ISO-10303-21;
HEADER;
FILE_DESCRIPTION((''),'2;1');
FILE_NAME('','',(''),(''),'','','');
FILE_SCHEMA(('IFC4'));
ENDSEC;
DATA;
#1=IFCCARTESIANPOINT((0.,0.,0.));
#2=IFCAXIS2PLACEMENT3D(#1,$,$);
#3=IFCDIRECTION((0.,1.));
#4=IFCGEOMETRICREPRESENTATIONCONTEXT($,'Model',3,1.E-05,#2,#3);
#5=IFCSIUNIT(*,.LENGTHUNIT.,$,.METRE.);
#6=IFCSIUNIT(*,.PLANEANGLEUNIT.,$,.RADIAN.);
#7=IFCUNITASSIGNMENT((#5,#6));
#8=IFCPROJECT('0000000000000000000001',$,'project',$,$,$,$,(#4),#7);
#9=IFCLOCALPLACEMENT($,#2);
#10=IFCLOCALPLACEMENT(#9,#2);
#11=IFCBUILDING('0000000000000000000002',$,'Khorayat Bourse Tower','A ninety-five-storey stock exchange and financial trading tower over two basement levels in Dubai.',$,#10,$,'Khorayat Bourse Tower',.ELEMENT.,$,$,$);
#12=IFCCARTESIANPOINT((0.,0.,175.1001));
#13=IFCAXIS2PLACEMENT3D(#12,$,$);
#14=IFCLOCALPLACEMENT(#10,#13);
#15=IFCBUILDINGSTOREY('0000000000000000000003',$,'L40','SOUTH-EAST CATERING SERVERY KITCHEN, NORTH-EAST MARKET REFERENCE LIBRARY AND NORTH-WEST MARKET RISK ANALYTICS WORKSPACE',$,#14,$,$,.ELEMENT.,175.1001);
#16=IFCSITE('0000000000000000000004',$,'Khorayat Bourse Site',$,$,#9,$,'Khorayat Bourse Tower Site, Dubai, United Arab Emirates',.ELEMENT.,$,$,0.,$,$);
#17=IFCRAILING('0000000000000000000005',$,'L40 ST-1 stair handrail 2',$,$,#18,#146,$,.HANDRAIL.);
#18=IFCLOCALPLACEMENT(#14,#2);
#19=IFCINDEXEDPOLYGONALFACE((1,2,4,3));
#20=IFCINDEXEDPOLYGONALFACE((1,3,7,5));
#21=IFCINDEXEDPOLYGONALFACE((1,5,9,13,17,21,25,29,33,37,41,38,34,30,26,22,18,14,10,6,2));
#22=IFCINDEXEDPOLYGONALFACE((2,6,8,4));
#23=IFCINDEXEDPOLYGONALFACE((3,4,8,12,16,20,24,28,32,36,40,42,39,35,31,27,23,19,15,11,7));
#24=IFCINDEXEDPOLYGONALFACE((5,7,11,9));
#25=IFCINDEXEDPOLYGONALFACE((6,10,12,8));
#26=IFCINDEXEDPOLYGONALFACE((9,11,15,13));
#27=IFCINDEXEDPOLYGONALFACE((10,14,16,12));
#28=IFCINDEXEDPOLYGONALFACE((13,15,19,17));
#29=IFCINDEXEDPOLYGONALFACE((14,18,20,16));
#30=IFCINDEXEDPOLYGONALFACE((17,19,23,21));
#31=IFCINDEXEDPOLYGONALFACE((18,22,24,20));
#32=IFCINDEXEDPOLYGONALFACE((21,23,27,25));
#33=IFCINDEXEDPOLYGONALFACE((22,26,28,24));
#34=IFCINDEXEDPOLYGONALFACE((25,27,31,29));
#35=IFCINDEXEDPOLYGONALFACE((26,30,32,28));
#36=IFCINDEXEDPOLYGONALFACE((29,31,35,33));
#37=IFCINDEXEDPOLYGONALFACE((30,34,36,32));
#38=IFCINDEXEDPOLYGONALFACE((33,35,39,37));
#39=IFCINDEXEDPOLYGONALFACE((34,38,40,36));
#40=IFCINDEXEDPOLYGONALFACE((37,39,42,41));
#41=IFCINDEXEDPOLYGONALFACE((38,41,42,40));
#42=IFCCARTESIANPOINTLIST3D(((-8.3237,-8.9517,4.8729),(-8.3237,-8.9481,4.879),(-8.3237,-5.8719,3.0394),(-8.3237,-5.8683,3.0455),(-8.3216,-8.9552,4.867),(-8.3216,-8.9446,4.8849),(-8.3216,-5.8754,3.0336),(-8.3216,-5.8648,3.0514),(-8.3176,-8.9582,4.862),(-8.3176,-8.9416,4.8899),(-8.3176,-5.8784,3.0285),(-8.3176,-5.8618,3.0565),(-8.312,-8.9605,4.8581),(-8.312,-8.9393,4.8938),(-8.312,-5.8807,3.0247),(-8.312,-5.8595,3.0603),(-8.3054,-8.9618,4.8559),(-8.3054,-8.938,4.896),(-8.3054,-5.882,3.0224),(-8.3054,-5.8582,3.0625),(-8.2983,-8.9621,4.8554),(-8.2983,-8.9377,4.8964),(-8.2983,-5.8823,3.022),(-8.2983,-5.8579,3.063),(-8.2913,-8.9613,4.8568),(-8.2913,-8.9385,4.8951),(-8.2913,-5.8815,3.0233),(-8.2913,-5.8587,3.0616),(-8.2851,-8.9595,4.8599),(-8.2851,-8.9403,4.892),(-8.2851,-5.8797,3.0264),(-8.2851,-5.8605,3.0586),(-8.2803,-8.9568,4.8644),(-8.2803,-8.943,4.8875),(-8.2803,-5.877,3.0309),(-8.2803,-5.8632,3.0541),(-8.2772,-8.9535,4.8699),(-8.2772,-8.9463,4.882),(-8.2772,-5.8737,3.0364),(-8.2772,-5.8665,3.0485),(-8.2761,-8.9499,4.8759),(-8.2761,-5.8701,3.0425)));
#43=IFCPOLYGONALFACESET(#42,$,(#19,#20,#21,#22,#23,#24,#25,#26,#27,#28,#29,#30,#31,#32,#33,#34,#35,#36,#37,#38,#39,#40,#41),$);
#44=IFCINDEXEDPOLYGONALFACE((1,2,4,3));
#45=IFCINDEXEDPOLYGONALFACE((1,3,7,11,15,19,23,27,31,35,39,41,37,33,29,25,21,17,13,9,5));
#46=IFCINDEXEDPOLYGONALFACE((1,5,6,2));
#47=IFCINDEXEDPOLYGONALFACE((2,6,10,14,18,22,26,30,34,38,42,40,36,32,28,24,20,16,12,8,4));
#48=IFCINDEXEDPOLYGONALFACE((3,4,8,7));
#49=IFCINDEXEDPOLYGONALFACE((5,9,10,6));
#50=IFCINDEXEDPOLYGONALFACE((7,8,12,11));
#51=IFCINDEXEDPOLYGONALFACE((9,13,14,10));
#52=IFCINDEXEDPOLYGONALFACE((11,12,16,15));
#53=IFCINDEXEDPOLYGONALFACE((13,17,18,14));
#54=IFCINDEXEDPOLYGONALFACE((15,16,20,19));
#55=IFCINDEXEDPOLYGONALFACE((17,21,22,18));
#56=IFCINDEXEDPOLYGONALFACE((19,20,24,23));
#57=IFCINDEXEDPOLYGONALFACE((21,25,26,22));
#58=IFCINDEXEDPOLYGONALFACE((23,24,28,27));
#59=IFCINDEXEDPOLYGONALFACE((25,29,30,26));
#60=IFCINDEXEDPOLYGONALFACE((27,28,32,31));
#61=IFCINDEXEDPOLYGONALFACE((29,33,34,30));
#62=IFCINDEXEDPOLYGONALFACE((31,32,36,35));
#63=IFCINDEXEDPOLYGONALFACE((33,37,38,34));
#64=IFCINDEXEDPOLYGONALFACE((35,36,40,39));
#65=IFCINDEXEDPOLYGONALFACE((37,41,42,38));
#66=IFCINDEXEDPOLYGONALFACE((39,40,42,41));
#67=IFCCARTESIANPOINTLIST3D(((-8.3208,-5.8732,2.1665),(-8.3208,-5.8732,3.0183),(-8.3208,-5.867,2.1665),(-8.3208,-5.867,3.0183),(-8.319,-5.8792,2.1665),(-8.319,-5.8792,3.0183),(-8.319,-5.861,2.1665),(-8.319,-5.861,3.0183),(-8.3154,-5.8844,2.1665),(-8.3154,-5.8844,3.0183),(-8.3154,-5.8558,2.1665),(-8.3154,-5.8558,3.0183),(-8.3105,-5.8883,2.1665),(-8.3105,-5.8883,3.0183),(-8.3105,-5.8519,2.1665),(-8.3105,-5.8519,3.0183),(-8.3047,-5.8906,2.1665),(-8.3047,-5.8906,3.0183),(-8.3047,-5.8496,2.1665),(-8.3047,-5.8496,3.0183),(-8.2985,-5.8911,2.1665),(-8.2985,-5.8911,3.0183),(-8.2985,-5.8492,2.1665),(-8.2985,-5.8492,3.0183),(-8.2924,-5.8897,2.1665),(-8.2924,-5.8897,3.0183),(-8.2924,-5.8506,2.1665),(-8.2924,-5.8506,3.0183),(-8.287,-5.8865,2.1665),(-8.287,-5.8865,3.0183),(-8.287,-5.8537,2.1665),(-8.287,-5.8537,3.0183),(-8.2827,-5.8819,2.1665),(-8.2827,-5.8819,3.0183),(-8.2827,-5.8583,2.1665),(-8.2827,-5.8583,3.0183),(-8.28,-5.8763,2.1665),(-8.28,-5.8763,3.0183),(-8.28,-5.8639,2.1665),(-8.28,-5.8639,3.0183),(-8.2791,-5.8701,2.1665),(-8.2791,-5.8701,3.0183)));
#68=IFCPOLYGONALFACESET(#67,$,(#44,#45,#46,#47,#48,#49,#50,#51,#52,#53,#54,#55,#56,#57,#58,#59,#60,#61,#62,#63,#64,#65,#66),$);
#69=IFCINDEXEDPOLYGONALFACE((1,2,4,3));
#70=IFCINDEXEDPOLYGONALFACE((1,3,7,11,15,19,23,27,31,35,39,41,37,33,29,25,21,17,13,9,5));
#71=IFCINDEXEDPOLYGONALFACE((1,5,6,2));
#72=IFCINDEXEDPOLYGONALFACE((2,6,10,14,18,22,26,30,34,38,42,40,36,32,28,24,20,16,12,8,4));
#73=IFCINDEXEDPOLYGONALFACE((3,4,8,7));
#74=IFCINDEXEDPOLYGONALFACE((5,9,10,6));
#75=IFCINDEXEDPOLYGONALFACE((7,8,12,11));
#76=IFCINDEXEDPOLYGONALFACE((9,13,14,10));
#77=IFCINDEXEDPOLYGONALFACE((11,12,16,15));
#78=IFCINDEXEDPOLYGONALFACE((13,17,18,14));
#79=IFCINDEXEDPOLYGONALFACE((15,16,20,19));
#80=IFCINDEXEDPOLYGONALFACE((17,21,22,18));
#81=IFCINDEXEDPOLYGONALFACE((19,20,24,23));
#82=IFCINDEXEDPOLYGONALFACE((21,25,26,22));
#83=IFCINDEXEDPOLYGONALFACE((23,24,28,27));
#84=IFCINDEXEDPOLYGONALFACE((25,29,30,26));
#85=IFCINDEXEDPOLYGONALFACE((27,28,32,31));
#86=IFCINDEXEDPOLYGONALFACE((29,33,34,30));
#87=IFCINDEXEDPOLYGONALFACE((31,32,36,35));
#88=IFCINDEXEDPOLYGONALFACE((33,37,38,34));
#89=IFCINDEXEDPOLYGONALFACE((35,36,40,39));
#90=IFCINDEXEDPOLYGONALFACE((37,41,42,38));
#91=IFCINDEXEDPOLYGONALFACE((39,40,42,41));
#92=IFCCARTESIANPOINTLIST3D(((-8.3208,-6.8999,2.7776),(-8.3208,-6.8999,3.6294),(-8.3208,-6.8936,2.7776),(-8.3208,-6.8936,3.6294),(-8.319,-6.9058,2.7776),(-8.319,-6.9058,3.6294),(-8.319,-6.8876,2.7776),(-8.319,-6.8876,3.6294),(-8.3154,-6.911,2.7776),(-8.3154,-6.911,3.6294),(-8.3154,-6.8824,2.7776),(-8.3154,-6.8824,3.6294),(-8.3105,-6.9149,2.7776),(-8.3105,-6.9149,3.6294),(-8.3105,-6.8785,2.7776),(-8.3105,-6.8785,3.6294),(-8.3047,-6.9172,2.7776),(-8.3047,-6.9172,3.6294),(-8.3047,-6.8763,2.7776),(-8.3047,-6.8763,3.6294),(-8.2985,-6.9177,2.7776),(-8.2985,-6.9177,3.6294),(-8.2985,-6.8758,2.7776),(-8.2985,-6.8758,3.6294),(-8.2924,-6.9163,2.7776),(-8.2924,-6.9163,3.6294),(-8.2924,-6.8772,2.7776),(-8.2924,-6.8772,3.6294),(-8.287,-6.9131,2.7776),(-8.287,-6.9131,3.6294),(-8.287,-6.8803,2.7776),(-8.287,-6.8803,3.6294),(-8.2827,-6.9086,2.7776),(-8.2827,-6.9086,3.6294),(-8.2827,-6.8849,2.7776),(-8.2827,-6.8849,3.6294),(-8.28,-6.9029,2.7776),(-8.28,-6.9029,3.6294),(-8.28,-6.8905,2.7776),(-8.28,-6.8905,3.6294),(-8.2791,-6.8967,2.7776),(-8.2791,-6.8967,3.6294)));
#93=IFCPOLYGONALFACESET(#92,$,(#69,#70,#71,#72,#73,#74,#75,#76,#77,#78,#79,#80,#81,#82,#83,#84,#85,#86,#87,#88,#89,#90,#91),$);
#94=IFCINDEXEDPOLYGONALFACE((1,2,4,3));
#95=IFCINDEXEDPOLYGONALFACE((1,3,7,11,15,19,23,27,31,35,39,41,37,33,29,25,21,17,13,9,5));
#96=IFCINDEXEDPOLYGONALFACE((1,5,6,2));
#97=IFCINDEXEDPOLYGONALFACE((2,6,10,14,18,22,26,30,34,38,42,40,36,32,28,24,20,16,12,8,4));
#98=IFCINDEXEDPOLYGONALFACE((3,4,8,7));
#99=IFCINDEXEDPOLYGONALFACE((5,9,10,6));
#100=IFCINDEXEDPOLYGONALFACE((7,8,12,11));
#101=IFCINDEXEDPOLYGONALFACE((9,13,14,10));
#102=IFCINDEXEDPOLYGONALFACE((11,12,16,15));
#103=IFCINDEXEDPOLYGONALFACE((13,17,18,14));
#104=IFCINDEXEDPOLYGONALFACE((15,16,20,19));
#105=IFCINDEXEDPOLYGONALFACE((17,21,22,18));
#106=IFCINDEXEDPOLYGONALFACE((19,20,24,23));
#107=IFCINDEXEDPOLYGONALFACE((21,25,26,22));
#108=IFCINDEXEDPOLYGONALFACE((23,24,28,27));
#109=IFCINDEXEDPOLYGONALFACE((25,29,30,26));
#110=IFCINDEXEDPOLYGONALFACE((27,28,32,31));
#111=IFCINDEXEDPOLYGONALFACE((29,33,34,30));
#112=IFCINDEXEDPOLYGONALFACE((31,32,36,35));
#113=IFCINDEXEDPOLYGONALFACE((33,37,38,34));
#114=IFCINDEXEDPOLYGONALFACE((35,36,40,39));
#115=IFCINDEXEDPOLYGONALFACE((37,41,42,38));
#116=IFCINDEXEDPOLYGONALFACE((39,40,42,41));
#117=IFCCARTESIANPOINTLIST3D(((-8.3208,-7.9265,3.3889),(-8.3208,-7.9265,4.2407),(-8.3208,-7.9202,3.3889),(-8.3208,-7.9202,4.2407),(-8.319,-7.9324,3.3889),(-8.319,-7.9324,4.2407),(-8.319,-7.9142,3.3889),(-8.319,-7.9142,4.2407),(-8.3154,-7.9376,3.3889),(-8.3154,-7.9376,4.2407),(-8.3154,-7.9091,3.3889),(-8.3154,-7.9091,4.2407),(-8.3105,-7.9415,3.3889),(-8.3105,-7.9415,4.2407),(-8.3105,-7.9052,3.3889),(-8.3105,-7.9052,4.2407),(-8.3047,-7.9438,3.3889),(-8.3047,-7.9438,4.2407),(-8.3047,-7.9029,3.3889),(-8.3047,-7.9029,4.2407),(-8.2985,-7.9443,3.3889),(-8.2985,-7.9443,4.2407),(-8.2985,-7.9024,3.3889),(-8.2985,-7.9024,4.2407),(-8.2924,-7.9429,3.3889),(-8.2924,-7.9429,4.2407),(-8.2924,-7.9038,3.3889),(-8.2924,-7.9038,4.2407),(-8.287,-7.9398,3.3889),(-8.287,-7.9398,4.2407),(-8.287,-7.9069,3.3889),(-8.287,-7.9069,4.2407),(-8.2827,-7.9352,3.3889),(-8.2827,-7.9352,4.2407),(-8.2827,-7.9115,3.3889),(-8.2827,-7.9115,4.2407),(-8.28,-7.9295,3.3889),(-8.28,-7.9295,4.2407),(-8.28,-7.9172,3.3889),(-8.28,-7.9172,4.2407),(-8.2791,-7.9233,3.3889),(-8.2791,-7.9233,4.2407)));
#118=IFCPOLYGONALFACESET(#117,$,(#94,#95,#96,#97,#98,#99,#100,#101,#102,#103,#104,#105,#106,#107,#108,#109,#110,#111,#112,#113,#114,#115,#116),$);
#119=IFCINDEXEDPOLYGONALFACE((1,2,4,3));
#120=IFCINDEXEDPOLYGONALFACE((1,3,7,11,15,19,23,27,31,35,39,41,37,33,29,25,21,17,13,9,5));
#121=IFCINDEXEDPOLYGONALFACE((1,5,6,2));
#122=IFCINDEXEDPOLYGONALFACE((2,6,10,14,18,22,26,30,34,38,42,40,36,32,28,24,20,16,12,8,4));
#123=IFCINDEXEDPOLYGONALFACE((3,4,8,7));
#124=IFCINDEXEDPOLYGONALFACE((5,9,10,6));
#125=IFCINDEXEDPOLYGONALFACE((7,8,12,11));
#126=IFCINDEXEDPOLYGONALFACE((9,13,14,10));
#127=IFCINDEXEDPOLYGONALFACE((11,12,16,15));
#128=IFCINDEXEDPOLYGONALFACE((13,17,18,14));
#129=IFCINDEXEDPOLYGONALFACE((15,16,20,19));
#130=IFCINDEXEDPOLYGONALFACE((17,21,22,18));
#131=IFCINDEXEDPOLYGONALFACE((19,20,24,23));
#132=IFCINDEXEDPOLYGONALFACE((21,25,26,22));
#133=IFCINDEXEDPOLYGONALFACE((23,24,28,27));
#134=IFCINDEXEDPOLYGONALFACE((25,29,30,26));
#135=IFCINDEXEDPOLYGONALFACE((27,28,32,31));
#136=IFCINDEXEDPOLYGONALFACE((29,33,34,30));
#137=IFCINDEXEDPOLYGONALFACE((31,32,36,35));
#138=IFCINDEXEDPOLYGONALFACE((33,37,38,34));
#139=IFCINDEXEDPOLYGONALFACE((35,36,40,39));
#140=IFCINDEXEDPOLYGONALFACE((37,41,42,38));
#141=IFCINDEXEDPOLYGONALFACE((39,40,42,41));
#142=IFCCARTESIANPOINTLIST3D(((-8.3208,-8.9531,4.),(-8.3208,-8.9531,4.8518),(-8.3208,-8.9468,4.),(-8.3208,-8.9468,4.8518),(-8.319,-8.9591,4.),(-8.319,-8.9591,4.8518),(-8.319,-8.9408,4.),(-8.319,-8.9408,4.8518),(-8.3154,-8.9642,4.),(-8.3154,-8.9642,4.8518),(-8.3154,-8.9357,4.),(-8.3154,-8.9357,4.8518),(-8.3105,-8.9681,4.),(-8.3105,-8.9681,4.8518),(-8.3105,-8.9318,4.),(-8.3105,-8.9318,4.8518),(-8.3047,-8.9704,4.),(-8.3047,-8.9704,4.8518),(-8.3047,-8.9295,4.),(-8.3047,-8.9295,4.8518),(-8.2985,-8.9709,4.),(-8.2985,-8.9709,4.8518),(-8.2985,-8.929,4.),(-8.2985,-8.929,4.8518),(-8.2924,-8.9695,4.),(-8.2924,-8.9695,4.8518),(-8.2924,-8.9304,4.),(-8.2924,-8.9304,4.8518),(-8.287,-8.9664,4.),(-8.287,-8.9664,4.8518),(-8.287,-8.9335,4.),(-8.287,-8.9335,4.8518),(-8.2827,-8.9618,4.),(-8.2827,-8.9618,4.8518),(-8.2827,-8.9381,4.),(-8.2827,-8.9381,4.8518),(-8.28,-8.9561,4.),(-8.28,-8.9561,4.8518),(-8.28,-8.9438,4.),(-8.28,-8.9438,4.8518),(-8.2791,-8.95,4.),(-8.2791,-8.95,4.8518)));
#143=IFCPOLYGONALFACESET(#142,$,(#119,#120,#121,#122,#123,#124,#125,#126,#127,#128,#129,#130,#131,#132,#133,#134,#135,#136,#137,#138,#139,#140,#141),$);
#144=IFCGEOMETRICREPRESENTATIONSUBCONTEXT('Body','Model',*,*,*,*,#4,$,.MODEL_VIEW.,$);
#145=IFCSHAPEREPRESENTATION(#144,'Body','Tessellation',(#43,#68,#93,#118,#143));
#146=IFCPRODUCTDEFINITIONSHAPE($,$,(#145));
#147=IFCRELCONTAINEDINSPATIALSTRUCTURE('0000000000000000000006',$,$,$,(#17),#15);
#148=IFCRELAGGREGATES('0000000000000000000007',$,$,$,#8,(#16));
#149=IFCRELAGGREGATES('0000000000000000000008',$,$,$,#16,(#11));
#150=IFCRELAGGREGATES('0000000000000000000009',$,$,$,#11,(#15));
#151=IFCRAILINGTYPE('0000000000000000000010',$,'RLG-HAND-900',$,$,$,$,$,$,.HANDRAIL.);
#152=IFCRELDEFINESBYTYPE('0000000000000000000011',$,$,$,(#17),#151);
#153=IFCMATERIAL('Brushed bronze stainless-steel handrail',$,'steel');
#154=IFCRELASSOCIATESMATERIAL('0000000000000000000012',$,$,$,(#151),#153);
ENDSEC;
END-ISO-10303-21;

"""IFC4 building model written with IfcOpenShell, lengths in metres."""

from ifc_helpers import new_model, si_unit, direction, frame, origin, origin_2d, place, context, subcontext, project, spatial, circle, extrude, source, transform, mapped, material, type_object, element, save


model = new_model("IFC4")

# Units and contexts
model_context = context("Model", 3, precision=1e-05, world=origin(), true_north=direction((0.0, 1.0)))
body_context = subcontext(model_context, "Body", "Model", "MODEL_VIEW")
ifc_project = project(units=[si_unit("LENGTHUNIT", "METRE"), si_unit("PLANEANGLEUNIT", "RADIAN")], contexts=[model_context])

# Site, building, storey
site_placement = place(None, origin())
site = spatial("IfcSite", under=ifc_project, at=site_placement, Name="Khorayat Bourse Site", LongName="Khorayat Bourse Tower Site, Dubai, United Arab Emirates", CompositionType="ELEMENT", RefElevation=0.0)
building_placement = place(site_placement, origin())
building = spatial("IfcBuilding", under=site, at=building_placement, Name="Khorayat Bourse Tower", Description="A ninety-five-storey stock exchange and financial trading tower over two basement levels in Dubai.", LongName="Khorayat Bourse Tower", CompositionType="ELEMENT")
storey_placement = place(building_placement, frame((0.0, 0.0, 175.1001)))
storey = spatial("IfcBuildingStorey", under=building, at=storey_placement, Name="L40", Description="SOUTH-EAST CATERING SERVERY KITCHEN, NORTH-EAST MARKET REFERENCE LIBRARY AND NORTH-WEST MARKET RISK ANALYTICS WORKSPACE", CompositionType="ELEMENT", Elevation=175.1001)

# Railing
ifc_material_1 = material(Name="Brushed bronze stainless-steel handrail", Category="steel")
railing_type_1 = type_object("IfcRailingType", Name="RLG-HAND-900", PredefinedType="HANDRAIL", material=ifc_material_1)
shared_shape_1 = source(origin(), body_context, "Body", "SweptSolid", [
    extrude(circle(Radius=0.0239, at=origin_2d()), frame((0.0, 0.0, 0.876), z_axis=(0.0, -0.859261, 0.511538), x_axis=(1.0, 0.0, 0.0)), (0.0, 0.0, 1.0), 3.5842),
    extrude(circle(Radius=0.021, at=origin_2d()), origin(), (0.0, 0.0, 1.0), 0.8518),
    extrude(circle(Radius=0.021, at=origin_2d()), frame((0.0, -1.0266, 0.6111)), (0.0, 0.0, 1.0), 0.8518),
    extrude(circle(Radius=0.021, at=origin_2d()), frame((0.0, -2.0532, 1.2224)), (0.0, 0.0, 1.0), 0.8518),
    extrude(circle(Radius=0.021, at=origin_2d()), frame((0.0, -3.0798, 1.8335)), (0.0, 0.0, 1.0), 0.8518),
])
railing_1_placement = place(storey_placement, frame((-8.3, -5.8701, 2.1665)))
element("IfcRailing", 1, at=railing_1_placement, inside=storey, type_object=railing_type_1, Name="L40 ST-1 stair handrail 2", PredefinedType="HANDRAIL", context=body_context, shape_type="MappedRepresentation", body=[
    mapped(shared_shape_1, transform((0.0, 0.0, 0.0), scale=1.0)),
])

save(model, "model.ifc")
